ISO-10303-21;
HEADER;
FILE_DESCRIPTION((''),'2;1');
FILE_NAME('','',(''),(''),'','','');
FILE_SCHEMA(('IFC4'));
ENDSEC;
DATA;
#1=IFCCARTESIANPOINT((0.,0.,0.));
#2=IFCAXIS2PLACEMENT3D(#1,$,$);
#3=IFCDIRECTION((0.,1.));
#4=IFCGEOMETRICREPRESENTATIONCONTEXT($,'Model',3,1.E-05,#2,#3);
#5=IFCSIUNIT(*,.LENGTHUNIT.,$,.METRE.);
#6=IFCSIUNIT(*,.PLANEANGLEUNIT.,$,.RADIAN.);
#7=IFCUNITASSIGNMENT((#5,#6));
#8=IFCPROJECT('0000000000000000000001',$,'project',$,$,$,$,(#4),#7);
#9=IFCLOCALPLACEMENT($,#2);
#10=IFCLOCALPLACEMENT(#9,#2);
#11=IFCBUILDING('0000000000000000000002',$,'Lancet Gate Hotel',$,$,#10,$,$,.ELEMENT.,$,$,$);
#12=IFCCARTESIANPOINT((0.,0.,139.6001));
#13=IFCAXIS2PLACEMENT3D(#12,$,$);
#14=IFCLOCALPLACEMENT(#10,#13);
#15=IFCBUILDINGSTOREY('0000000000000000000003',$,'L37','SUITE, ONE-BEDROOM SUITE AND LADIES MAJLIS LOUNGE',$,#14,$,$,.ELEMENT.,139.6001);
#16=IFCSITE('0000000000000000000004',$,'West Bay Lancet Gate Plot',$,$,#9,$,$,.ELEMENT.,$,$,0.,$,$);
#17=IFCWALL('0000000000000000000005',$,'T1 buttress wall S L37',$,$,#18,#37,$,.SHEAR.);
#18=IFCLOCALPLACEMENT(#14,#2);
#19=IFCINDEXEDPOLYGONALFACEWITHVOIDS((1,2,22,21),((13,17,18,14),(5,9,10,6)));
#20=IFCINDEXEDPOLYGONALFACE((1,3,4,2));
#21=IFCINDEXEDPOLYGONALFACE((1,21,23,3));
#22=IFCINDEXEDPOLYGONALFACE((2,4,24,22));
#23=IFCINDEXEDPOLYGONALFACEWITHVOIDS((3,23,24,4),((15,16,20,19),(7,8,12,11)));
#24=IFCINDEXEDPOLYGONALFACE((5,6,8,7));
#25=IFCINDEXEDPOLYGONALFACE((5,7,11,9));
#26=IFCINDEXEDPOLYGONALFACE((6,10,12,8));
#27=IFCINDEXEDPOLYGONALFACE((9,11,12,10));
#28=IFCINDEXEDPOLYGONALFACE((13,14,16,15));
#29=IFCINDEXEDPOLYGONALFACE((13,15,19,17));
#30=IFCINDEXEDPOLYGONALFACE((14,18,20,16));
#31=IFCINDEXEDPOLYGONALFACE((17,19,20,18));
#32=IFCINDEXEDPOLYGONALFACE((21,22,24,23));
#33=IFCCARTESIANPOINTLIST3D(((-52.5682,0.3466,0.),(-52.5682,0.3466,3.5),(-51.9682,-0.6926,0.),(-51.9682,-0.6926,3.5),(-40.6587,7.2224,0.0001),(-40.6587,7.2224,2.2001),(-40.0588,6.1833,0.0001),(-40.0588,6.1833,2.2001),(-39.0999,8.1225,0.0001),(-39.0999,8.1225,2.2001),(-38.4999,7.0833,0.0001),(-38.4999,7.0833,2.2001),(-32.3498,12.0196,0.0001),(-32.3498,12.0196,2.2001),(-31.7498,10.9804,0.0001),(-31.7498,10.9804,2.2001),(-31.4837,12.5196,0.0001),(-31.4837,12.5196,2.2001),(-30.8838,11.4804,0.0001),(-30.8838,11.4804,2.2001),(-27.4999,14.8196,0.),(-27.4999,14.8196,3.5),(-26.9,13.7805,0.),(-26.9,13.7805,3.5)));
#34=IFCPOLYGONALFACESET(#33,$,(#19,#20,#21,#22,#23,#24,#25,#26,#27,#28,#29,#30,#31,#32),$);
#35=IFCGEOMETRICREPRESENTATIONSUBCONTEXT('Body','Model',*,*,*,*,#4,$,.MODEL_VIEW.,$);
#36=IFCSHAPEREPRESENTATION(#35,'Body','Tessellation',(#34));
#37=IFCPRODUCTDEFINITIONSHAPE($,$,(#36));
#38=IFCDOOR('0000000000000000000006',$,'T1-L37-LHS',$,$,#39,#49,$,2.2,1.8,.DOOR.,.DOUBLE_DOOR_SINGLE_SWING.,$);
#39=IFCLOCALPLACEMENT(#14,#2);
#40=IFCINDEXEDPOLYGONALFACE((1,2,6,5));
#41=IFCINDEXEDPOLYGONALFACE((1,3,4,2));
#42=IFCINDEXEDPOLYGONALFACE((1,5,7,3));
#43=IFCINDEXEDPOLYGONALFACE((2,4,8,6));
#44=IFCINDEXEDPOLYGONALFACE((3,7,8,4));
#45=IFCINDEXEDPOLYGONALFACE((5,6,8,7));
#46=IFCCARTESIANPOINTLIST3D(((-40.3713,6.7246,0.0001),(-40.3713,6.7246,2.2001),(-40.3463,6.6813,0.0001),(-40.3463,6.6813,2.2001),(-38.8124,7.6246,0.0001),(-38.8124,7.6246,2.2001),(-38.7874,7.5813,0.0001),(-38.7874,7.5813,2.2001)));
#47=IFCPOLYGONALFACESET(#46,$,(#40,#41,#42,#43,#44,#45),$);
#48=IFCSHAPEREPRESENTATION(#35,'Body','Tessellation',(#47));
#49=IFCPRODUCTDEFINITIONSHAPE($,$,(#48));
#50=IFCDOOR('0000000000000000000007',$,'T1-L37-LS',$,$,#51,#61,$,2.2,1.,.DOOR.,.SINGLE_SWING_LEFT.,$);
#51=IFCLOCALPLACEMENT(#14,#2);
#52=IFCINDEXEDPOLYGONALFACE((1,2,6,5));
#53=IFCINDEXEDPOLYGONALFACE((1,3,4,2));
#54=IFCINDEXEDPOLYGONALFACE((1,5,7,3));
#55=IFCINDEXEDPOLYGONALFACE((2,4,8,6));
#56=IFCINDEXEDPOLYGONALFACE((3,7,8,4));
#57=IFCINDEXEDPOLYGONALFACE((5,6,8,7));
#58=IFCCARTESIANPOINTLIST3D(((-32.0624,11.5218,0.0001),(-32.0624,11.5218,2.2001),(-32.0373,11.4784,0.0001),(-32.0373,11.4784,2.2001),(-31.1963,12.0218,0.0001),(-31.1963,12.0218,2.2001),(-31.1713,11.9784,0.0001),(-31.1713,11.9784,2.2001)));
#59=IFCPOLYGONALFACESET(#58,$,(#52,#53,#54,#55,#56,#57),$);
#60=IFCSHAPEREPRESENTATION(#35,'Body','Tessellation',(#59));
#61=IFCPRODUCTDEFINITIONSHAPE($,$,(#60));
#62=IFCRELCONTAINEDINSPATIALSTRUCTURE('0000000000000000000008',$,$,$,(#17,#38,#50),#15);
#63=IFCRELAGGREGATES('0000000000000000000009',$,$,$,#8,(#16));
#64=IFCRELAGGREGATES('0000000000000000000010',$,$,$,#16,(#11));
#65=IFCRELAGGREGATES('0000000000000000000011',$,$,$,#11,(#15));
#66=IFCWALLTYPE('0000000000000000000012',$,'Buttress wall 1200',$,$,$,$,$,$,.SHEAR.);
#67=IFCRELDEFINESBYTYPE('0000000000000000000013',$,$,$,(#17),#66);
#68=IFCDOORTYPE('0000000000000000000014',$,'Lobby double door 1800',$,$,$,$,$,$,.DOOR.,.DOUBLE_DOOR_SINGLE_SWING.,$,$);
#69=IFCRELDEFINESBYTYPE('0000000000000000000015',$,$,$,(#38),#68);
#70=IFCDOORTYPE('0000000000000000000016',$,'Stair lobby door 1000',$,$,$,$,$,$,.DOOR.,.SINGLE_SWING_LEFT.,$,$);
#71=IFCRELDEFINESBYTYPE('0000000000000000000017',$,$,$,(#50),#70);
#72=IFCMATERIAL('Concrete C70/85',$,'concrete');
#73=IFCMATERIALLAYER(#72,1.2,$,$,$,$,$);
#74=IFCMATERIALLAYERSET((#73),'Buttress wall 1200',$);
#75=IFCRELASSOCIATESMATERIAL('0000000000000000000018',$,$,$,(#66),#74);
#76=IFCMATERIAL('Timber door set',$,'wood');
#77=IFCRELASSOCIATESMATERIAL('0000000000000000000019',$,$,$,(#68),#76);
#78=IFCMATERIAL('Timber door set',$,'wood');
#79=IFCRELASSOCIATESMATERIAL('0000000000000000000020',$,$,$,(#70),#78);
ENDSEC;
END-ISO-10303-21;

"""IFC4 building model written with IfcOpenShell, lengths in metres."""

from ifc_helpers import new_model, si_unit, direction, frame, frame_2d, origin, place, context, subcontext, project, spatial, rectangle, extrude, material, layer, layer_set, type_object, element, fill, save


model = new_model("IFC4")

# Units and contexts
model_context = context("Model", 3, precision=1e-05, world=origin(), true_north=direction((0.0, 1.0)))
body_context = subcontext(model_context, "Body", "Model", "MODEL_VIEW")
ifc_project = project(units=[si_unit("LENGTHUNIT", "METRE"), si_unit("PLANEANGLEUNIT", "RADIAN")], contexts=[model_context])

# Site, building, storey
site_placement = place(None, origin())
site = spatial("IfcSite", under=ifc_project, at=site_placement, Name="West Bay Lancet Gate Plot", CompositionType="ELEMENT", RefElevation=0.0)
building_placement = place(site_placement, origin())
building = spatial("IfcBuilding", under=site, at=building_placement, Name="Lancet Gate Hotel", CompositionType="ELEMENT")
storey_placement = place(building_placement, frame((0.0, 0.0, 139.6001)))
storey = spatial("IfcBuildingStorey", under=building, at=storey_placement, Name="L37", Description="SUITE, ONE-BEDROOM SUITE AND LADIES MAJLIS LOUNGE", CompositionType="ELEMENT", Elevation=139.6001)

# Wall, openings, doors
ifc_material_1 = material(Name="Concrete C70/85", Category="concrete")
ifc_layer_1 = layer(ifc_material_1, 1.2)
ifc_layer_set_1 = layer_set([ifc_layer_1], Name="Buttress wall 1200")
wall_type = type_object("IfcWallType", Name="Buttress wall 1200", PredefinedType="SHEAR", material=ifc_layer_set_1)
wall_placement = place(storey_placement, frame((-27.2, 14.3, 0.0), z_axis=(0.0, 0.0, 1.0), x_axis=(-0.866027, -0.499998, 0.0)))
wall = element("IfcWall", 1, at=wall_placement, inside=storey, type_object=wall_type, Name="T1 buttress wall S L37", PredefinedType="SHEAR", context=body_context, shape_type="SweptSolid", body=[
    extrude(rectangle(XDim=28.9463, YDim=1.2, at=frame_2d((14.4731, 0.0))), origin(), (0.0, 0.0, 1.0), 3.5),
])
opening_1_placement = place(wall_placement, frame((4.6001, 0.0, 0.0)))
opening_1 = element("IfcOpeningElement", 2, at=opening_1_placement, cuts=wall, PredefinedType="OPENING", context=body_context, shape_type="SweptSolid", body=[
    extrude(rectangle(XDim=1.0, YDim=2.2, at=frame_2d((0.5, 1.1001))), frame((0.0, 0.6099, 0.0), z_axis=(0.0, -1.0, 0.0), x_axis=(1.0, 0.0, 0.0)), (0.0, 0.0, 1.0), 1.22),
])
opening_2_placement = place(wall_placement, frame((13.3945, 0.0, 0.0)))
opening_2 = element("IfcOpeningElement", 3, at=opening_2_placement, cuts=wall, PredefinedType="OPENING", context=body_context, shape_type="SweptSolid", body=[
    extrude(rectangle(XDim=1.8, YDim=2.2, at=frame_2d((0.8999, 1.1001))), frame((0.0, 0.6099, 0.0), z_axis=(0.0, -1.0, 0.0), x_axis=(1.0, 0.0, 0.0)), (0.0, 0.0, 1.0), 1.22),
])
ifc_material_2 = material(Name="Timber door set", Category="wood")
door_type_1 = type_object("IfcDoorType", Name="Lobby double door 1800", OperationType="DOUBLE_DOOR_SINGLE_SWING", PredefinedType="DOOR", material=ifc_material_2)
door_1_placement = place(opening_2_placement, origin())
door_1 = element("IfcDoor", 4, at=door_1_placement, inside=storey, type_object=door_type_1, Name="T1-L37-LHS", OperationType="DOUBLE_DOOR_SINGLE_SWING", OverallHeight=2.2, OverallWidth=1.8, PredefinedType="DOOR", context=body_context, shape_type="SweptSolid", body=[
    extrude(rectangle(XDim=1.8, YDim=2.2, at=frame_2d((0.8999, 1.1001))), frame((0.0, 0.0249, 0.0), z_axis=(0.0, -1.0, 0.0), x_axis=(1.0, 0.0, 0.0)), (0.0, 0.0, 1.0), 0.05),
])
fill(opening_2, door_1)
ifc_material_3 = material(Name="Timber door set", Category="wood")
door_type_2 = type_object("IfcDoorType", Name="Stair lobby door 1000", OperationType="SINGLE_SWING_LEFT", PredefinedType="DOOR", material=ifc_material_3)
door_2_placement = place(opening_1_placement, origin())
door_2 = element("IfcDoor", 5, at=door_2_placement, inside=storey, type_object=door_type_2, Name="T1-L37-LS", OperationType="SINGLE_SWING_LEFT", OverallHeight=2.2, OverallWidth=1.0, PredefinedType="DOOR", context=body_context, shape_type="SweptSolid", body=[
    extrude(rectangle(XDim=1.0, YDim=2.2, at=frame_2d((0.5, 1.1001))), frame((0.0, 0.0249, 0.0), z_axis=(0.0, -1.0, 0.0), x_axis=(1.0, 0.0, 0.0)), (0.0, 0.0, 1.0), 0.05),
])
fill(opening_1, door_2)

save(model, "model.ifc")
